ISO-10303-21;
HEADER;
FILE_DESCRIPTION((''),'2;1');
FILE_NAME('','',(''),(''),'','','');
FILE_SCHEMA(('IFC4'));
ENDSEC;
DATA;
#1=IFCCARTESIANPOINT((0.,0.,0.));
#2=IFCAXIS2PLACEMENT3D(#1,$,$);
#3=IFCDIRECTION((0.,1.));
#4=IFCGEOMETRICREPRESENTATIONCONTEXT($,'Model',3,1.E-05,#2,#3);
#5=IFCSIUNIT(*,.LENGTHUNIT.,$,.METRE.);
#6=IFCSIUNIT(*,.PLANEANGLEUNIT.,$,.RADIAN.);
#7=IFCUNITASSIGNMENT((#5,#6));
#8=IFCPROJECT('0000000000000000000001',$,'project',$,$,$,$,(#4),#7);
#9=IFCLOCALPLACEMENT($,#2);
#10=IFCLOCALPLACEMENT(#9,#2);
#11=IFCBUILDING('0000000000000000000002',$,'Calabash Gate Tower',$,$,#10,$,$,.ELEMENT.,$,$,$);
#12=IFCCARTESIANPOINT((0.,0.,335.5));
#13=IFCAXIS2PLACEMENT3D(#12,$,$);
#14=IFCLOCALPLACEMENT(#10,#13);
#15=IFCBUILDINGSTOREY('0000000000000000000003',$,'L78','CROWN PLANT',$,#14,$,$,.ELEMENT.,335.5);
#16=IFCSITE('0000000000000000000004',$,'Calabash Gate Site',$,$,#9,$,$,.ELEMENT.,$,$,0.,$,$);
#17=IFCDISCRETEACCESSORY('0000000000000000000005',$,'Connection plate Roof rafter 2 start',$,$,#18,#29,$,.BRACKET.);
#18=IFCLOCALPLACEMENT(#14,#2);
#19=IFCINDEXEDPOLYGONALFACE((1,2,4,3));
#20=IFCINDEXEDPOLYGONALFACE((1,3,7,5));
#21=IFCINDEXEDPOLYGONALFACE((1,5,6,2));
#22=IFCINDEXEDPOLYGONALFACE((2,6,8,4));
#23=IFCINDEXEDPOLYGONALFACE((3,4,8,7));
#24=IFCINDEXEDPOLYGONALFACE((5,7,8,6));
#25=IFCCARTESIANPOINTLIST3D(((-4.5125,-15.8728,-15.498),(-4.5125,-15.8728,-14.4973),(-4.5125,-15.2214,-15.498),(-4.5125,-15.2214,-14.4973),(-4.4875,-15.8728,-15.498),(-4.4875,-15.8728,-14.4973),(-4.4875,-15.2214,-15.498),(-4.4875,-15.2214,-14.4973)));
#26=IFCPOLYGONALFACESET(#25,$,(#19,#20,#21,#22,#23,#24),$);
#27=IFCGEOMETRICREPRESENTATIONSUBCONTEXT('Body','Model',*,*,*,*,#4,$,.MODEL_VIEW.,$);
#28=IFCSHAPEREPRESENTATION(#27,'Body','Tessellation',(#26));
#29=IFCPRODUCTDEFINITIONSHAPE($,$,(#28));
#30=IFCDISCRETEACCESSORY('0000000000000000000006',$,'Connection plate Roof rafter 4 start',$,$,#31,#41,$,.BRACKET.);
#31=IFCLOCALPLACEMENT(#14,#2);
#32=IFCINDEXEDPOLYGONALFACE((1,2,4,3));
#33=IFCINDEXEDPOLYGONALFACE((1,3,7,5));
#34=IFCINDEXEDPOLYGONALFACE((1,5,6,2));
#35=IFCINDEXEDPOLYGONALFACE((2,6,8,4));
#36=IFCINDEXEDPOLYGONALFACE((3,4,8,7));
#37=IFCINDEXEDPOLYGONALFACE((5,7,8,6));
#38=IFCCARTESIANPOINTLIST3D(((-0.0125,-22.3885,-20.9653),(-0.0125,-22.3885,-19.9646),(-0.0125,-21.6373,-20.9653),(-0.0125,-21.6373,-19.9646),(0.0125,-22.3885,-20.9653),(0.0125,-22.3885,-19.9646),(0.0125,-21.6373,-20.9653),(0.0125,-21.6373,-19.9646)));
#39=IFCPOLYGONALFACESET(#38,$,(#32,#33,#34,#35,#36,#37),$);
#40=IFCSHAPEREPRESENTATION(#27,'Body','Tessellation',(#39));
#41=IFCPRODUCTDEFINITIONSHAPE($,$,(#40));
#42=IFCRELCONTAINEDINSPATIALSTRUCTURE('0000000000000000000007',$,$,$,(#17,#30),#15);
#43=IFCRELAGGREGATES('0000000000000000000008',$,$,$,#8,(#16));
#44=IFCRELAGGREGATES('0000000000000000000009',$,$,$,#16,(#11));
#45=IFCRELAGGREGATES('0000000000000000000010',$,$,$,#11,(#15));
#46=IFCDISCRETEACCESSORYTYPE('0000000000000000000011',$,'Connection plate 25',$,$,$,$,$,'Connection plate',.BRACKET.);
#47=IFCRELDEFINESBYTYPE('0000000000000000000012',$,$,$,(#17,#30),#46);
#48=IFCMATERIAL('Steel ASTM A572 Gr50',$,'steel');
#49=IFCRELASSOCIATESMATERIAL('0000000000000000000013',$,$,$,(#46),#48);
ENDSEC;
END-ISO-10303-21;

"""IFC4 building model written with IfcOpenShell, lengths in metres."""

from ifc_helpers import new_model, si_unit, direction, frame, origin, origin_2d, place, context, subcontext, project, spatial, rectangle, extrude, material, type_object, element, save


model = new_model("IFC4")

# Units and contexts
model_context = context("Model", 3, precision=1e-05, world=origin(), true_north=direction((0.0, 1.0)))
body_context = subcontext(model_context, "Body", "Model", "MODEL_VIEW")
ifc_project = project(units=[si_unit("LENGTHUNIT", "METRE"), si_unit("PLANEANGLEUNIT", "RADIAN")], contexts=[model_context])

# Site, building, storey
site_placement = place(None, origin())
site = spatial("IfcSite", under=ifc_project, at=site_placement, Name="Calabash Gate Site", CompositionType="ELEMENT", RefElevation=0.0)
building_placement = place(site_placement, origin())
building = spatial("IfcBuilding", under=site, at=building_placement, Name="Calabash Gate Tower", CompositionType="ELEMENT")
storey_placement = place(building_placement, frame((0.0, 0.0, 335.5)))
storey = spatial("IfcBuildingStorey", under=building, at=storey_placement, Name="L78", Description="CROWN PLANT", CompositionType="ELEMENT", Elevation=335.5)

# Discrete accessories
ifc_material_1 = material(Name="Steel ASTM A572 Gr50", Category="steel")
discrete_accessory_type = type_object("IfcDiscreteAccessoryType", Name="Connection plate 25", ElementType="Connection plate", PredefinedType="BRACKET", material=ifc_material_1)
discrete_accessory_1_placement = place(storey_placement, frame((-4.5, -15.5471, -15.498), z_axis=(0.0, 0.0, 1.0), x_axis=(0.0, 1.0, 0.0)))
element("IfcDiscreteAccessory", 1, at=discrete_accessory_1_placement, inside=storey, type_object=discrete_accessory_type, Name="Connection plate Roof rafter 2 start", PredefinedType="BRACKET", context=body_context, shape_type="SweptSolid", body=[
    extrude(rectangle(XDim=0.6514, YDim=0.0249, at=origin_2d()), origin(), (0.0, 0.0, 1.0), 1.0007),
])
discrete_accessory_2_placement = place(storey_placement, frame((0.0, -22.0129, -20.9653), z_axis=(0.0, 0.0, 1.0), x_axis=(0.0, 1.0, 0.0)))
element("IfcDiscreteAccessory", 2, at=discrete_accessory_2_placement, inside=storey, type_object=discrete_accessory_type, Name="Connection plate Roof rafter 4 start", PredefinedType="BRACKET", context=body_context, shape_type="SweptSolid", body=[
    extrude(rectangle(XDim=0.7512, YDim=0.0249, at=origin_2d()), origin(), (0.0, 0.0, 1.0), 1.0007),
])

save(model, "model.ifc")
